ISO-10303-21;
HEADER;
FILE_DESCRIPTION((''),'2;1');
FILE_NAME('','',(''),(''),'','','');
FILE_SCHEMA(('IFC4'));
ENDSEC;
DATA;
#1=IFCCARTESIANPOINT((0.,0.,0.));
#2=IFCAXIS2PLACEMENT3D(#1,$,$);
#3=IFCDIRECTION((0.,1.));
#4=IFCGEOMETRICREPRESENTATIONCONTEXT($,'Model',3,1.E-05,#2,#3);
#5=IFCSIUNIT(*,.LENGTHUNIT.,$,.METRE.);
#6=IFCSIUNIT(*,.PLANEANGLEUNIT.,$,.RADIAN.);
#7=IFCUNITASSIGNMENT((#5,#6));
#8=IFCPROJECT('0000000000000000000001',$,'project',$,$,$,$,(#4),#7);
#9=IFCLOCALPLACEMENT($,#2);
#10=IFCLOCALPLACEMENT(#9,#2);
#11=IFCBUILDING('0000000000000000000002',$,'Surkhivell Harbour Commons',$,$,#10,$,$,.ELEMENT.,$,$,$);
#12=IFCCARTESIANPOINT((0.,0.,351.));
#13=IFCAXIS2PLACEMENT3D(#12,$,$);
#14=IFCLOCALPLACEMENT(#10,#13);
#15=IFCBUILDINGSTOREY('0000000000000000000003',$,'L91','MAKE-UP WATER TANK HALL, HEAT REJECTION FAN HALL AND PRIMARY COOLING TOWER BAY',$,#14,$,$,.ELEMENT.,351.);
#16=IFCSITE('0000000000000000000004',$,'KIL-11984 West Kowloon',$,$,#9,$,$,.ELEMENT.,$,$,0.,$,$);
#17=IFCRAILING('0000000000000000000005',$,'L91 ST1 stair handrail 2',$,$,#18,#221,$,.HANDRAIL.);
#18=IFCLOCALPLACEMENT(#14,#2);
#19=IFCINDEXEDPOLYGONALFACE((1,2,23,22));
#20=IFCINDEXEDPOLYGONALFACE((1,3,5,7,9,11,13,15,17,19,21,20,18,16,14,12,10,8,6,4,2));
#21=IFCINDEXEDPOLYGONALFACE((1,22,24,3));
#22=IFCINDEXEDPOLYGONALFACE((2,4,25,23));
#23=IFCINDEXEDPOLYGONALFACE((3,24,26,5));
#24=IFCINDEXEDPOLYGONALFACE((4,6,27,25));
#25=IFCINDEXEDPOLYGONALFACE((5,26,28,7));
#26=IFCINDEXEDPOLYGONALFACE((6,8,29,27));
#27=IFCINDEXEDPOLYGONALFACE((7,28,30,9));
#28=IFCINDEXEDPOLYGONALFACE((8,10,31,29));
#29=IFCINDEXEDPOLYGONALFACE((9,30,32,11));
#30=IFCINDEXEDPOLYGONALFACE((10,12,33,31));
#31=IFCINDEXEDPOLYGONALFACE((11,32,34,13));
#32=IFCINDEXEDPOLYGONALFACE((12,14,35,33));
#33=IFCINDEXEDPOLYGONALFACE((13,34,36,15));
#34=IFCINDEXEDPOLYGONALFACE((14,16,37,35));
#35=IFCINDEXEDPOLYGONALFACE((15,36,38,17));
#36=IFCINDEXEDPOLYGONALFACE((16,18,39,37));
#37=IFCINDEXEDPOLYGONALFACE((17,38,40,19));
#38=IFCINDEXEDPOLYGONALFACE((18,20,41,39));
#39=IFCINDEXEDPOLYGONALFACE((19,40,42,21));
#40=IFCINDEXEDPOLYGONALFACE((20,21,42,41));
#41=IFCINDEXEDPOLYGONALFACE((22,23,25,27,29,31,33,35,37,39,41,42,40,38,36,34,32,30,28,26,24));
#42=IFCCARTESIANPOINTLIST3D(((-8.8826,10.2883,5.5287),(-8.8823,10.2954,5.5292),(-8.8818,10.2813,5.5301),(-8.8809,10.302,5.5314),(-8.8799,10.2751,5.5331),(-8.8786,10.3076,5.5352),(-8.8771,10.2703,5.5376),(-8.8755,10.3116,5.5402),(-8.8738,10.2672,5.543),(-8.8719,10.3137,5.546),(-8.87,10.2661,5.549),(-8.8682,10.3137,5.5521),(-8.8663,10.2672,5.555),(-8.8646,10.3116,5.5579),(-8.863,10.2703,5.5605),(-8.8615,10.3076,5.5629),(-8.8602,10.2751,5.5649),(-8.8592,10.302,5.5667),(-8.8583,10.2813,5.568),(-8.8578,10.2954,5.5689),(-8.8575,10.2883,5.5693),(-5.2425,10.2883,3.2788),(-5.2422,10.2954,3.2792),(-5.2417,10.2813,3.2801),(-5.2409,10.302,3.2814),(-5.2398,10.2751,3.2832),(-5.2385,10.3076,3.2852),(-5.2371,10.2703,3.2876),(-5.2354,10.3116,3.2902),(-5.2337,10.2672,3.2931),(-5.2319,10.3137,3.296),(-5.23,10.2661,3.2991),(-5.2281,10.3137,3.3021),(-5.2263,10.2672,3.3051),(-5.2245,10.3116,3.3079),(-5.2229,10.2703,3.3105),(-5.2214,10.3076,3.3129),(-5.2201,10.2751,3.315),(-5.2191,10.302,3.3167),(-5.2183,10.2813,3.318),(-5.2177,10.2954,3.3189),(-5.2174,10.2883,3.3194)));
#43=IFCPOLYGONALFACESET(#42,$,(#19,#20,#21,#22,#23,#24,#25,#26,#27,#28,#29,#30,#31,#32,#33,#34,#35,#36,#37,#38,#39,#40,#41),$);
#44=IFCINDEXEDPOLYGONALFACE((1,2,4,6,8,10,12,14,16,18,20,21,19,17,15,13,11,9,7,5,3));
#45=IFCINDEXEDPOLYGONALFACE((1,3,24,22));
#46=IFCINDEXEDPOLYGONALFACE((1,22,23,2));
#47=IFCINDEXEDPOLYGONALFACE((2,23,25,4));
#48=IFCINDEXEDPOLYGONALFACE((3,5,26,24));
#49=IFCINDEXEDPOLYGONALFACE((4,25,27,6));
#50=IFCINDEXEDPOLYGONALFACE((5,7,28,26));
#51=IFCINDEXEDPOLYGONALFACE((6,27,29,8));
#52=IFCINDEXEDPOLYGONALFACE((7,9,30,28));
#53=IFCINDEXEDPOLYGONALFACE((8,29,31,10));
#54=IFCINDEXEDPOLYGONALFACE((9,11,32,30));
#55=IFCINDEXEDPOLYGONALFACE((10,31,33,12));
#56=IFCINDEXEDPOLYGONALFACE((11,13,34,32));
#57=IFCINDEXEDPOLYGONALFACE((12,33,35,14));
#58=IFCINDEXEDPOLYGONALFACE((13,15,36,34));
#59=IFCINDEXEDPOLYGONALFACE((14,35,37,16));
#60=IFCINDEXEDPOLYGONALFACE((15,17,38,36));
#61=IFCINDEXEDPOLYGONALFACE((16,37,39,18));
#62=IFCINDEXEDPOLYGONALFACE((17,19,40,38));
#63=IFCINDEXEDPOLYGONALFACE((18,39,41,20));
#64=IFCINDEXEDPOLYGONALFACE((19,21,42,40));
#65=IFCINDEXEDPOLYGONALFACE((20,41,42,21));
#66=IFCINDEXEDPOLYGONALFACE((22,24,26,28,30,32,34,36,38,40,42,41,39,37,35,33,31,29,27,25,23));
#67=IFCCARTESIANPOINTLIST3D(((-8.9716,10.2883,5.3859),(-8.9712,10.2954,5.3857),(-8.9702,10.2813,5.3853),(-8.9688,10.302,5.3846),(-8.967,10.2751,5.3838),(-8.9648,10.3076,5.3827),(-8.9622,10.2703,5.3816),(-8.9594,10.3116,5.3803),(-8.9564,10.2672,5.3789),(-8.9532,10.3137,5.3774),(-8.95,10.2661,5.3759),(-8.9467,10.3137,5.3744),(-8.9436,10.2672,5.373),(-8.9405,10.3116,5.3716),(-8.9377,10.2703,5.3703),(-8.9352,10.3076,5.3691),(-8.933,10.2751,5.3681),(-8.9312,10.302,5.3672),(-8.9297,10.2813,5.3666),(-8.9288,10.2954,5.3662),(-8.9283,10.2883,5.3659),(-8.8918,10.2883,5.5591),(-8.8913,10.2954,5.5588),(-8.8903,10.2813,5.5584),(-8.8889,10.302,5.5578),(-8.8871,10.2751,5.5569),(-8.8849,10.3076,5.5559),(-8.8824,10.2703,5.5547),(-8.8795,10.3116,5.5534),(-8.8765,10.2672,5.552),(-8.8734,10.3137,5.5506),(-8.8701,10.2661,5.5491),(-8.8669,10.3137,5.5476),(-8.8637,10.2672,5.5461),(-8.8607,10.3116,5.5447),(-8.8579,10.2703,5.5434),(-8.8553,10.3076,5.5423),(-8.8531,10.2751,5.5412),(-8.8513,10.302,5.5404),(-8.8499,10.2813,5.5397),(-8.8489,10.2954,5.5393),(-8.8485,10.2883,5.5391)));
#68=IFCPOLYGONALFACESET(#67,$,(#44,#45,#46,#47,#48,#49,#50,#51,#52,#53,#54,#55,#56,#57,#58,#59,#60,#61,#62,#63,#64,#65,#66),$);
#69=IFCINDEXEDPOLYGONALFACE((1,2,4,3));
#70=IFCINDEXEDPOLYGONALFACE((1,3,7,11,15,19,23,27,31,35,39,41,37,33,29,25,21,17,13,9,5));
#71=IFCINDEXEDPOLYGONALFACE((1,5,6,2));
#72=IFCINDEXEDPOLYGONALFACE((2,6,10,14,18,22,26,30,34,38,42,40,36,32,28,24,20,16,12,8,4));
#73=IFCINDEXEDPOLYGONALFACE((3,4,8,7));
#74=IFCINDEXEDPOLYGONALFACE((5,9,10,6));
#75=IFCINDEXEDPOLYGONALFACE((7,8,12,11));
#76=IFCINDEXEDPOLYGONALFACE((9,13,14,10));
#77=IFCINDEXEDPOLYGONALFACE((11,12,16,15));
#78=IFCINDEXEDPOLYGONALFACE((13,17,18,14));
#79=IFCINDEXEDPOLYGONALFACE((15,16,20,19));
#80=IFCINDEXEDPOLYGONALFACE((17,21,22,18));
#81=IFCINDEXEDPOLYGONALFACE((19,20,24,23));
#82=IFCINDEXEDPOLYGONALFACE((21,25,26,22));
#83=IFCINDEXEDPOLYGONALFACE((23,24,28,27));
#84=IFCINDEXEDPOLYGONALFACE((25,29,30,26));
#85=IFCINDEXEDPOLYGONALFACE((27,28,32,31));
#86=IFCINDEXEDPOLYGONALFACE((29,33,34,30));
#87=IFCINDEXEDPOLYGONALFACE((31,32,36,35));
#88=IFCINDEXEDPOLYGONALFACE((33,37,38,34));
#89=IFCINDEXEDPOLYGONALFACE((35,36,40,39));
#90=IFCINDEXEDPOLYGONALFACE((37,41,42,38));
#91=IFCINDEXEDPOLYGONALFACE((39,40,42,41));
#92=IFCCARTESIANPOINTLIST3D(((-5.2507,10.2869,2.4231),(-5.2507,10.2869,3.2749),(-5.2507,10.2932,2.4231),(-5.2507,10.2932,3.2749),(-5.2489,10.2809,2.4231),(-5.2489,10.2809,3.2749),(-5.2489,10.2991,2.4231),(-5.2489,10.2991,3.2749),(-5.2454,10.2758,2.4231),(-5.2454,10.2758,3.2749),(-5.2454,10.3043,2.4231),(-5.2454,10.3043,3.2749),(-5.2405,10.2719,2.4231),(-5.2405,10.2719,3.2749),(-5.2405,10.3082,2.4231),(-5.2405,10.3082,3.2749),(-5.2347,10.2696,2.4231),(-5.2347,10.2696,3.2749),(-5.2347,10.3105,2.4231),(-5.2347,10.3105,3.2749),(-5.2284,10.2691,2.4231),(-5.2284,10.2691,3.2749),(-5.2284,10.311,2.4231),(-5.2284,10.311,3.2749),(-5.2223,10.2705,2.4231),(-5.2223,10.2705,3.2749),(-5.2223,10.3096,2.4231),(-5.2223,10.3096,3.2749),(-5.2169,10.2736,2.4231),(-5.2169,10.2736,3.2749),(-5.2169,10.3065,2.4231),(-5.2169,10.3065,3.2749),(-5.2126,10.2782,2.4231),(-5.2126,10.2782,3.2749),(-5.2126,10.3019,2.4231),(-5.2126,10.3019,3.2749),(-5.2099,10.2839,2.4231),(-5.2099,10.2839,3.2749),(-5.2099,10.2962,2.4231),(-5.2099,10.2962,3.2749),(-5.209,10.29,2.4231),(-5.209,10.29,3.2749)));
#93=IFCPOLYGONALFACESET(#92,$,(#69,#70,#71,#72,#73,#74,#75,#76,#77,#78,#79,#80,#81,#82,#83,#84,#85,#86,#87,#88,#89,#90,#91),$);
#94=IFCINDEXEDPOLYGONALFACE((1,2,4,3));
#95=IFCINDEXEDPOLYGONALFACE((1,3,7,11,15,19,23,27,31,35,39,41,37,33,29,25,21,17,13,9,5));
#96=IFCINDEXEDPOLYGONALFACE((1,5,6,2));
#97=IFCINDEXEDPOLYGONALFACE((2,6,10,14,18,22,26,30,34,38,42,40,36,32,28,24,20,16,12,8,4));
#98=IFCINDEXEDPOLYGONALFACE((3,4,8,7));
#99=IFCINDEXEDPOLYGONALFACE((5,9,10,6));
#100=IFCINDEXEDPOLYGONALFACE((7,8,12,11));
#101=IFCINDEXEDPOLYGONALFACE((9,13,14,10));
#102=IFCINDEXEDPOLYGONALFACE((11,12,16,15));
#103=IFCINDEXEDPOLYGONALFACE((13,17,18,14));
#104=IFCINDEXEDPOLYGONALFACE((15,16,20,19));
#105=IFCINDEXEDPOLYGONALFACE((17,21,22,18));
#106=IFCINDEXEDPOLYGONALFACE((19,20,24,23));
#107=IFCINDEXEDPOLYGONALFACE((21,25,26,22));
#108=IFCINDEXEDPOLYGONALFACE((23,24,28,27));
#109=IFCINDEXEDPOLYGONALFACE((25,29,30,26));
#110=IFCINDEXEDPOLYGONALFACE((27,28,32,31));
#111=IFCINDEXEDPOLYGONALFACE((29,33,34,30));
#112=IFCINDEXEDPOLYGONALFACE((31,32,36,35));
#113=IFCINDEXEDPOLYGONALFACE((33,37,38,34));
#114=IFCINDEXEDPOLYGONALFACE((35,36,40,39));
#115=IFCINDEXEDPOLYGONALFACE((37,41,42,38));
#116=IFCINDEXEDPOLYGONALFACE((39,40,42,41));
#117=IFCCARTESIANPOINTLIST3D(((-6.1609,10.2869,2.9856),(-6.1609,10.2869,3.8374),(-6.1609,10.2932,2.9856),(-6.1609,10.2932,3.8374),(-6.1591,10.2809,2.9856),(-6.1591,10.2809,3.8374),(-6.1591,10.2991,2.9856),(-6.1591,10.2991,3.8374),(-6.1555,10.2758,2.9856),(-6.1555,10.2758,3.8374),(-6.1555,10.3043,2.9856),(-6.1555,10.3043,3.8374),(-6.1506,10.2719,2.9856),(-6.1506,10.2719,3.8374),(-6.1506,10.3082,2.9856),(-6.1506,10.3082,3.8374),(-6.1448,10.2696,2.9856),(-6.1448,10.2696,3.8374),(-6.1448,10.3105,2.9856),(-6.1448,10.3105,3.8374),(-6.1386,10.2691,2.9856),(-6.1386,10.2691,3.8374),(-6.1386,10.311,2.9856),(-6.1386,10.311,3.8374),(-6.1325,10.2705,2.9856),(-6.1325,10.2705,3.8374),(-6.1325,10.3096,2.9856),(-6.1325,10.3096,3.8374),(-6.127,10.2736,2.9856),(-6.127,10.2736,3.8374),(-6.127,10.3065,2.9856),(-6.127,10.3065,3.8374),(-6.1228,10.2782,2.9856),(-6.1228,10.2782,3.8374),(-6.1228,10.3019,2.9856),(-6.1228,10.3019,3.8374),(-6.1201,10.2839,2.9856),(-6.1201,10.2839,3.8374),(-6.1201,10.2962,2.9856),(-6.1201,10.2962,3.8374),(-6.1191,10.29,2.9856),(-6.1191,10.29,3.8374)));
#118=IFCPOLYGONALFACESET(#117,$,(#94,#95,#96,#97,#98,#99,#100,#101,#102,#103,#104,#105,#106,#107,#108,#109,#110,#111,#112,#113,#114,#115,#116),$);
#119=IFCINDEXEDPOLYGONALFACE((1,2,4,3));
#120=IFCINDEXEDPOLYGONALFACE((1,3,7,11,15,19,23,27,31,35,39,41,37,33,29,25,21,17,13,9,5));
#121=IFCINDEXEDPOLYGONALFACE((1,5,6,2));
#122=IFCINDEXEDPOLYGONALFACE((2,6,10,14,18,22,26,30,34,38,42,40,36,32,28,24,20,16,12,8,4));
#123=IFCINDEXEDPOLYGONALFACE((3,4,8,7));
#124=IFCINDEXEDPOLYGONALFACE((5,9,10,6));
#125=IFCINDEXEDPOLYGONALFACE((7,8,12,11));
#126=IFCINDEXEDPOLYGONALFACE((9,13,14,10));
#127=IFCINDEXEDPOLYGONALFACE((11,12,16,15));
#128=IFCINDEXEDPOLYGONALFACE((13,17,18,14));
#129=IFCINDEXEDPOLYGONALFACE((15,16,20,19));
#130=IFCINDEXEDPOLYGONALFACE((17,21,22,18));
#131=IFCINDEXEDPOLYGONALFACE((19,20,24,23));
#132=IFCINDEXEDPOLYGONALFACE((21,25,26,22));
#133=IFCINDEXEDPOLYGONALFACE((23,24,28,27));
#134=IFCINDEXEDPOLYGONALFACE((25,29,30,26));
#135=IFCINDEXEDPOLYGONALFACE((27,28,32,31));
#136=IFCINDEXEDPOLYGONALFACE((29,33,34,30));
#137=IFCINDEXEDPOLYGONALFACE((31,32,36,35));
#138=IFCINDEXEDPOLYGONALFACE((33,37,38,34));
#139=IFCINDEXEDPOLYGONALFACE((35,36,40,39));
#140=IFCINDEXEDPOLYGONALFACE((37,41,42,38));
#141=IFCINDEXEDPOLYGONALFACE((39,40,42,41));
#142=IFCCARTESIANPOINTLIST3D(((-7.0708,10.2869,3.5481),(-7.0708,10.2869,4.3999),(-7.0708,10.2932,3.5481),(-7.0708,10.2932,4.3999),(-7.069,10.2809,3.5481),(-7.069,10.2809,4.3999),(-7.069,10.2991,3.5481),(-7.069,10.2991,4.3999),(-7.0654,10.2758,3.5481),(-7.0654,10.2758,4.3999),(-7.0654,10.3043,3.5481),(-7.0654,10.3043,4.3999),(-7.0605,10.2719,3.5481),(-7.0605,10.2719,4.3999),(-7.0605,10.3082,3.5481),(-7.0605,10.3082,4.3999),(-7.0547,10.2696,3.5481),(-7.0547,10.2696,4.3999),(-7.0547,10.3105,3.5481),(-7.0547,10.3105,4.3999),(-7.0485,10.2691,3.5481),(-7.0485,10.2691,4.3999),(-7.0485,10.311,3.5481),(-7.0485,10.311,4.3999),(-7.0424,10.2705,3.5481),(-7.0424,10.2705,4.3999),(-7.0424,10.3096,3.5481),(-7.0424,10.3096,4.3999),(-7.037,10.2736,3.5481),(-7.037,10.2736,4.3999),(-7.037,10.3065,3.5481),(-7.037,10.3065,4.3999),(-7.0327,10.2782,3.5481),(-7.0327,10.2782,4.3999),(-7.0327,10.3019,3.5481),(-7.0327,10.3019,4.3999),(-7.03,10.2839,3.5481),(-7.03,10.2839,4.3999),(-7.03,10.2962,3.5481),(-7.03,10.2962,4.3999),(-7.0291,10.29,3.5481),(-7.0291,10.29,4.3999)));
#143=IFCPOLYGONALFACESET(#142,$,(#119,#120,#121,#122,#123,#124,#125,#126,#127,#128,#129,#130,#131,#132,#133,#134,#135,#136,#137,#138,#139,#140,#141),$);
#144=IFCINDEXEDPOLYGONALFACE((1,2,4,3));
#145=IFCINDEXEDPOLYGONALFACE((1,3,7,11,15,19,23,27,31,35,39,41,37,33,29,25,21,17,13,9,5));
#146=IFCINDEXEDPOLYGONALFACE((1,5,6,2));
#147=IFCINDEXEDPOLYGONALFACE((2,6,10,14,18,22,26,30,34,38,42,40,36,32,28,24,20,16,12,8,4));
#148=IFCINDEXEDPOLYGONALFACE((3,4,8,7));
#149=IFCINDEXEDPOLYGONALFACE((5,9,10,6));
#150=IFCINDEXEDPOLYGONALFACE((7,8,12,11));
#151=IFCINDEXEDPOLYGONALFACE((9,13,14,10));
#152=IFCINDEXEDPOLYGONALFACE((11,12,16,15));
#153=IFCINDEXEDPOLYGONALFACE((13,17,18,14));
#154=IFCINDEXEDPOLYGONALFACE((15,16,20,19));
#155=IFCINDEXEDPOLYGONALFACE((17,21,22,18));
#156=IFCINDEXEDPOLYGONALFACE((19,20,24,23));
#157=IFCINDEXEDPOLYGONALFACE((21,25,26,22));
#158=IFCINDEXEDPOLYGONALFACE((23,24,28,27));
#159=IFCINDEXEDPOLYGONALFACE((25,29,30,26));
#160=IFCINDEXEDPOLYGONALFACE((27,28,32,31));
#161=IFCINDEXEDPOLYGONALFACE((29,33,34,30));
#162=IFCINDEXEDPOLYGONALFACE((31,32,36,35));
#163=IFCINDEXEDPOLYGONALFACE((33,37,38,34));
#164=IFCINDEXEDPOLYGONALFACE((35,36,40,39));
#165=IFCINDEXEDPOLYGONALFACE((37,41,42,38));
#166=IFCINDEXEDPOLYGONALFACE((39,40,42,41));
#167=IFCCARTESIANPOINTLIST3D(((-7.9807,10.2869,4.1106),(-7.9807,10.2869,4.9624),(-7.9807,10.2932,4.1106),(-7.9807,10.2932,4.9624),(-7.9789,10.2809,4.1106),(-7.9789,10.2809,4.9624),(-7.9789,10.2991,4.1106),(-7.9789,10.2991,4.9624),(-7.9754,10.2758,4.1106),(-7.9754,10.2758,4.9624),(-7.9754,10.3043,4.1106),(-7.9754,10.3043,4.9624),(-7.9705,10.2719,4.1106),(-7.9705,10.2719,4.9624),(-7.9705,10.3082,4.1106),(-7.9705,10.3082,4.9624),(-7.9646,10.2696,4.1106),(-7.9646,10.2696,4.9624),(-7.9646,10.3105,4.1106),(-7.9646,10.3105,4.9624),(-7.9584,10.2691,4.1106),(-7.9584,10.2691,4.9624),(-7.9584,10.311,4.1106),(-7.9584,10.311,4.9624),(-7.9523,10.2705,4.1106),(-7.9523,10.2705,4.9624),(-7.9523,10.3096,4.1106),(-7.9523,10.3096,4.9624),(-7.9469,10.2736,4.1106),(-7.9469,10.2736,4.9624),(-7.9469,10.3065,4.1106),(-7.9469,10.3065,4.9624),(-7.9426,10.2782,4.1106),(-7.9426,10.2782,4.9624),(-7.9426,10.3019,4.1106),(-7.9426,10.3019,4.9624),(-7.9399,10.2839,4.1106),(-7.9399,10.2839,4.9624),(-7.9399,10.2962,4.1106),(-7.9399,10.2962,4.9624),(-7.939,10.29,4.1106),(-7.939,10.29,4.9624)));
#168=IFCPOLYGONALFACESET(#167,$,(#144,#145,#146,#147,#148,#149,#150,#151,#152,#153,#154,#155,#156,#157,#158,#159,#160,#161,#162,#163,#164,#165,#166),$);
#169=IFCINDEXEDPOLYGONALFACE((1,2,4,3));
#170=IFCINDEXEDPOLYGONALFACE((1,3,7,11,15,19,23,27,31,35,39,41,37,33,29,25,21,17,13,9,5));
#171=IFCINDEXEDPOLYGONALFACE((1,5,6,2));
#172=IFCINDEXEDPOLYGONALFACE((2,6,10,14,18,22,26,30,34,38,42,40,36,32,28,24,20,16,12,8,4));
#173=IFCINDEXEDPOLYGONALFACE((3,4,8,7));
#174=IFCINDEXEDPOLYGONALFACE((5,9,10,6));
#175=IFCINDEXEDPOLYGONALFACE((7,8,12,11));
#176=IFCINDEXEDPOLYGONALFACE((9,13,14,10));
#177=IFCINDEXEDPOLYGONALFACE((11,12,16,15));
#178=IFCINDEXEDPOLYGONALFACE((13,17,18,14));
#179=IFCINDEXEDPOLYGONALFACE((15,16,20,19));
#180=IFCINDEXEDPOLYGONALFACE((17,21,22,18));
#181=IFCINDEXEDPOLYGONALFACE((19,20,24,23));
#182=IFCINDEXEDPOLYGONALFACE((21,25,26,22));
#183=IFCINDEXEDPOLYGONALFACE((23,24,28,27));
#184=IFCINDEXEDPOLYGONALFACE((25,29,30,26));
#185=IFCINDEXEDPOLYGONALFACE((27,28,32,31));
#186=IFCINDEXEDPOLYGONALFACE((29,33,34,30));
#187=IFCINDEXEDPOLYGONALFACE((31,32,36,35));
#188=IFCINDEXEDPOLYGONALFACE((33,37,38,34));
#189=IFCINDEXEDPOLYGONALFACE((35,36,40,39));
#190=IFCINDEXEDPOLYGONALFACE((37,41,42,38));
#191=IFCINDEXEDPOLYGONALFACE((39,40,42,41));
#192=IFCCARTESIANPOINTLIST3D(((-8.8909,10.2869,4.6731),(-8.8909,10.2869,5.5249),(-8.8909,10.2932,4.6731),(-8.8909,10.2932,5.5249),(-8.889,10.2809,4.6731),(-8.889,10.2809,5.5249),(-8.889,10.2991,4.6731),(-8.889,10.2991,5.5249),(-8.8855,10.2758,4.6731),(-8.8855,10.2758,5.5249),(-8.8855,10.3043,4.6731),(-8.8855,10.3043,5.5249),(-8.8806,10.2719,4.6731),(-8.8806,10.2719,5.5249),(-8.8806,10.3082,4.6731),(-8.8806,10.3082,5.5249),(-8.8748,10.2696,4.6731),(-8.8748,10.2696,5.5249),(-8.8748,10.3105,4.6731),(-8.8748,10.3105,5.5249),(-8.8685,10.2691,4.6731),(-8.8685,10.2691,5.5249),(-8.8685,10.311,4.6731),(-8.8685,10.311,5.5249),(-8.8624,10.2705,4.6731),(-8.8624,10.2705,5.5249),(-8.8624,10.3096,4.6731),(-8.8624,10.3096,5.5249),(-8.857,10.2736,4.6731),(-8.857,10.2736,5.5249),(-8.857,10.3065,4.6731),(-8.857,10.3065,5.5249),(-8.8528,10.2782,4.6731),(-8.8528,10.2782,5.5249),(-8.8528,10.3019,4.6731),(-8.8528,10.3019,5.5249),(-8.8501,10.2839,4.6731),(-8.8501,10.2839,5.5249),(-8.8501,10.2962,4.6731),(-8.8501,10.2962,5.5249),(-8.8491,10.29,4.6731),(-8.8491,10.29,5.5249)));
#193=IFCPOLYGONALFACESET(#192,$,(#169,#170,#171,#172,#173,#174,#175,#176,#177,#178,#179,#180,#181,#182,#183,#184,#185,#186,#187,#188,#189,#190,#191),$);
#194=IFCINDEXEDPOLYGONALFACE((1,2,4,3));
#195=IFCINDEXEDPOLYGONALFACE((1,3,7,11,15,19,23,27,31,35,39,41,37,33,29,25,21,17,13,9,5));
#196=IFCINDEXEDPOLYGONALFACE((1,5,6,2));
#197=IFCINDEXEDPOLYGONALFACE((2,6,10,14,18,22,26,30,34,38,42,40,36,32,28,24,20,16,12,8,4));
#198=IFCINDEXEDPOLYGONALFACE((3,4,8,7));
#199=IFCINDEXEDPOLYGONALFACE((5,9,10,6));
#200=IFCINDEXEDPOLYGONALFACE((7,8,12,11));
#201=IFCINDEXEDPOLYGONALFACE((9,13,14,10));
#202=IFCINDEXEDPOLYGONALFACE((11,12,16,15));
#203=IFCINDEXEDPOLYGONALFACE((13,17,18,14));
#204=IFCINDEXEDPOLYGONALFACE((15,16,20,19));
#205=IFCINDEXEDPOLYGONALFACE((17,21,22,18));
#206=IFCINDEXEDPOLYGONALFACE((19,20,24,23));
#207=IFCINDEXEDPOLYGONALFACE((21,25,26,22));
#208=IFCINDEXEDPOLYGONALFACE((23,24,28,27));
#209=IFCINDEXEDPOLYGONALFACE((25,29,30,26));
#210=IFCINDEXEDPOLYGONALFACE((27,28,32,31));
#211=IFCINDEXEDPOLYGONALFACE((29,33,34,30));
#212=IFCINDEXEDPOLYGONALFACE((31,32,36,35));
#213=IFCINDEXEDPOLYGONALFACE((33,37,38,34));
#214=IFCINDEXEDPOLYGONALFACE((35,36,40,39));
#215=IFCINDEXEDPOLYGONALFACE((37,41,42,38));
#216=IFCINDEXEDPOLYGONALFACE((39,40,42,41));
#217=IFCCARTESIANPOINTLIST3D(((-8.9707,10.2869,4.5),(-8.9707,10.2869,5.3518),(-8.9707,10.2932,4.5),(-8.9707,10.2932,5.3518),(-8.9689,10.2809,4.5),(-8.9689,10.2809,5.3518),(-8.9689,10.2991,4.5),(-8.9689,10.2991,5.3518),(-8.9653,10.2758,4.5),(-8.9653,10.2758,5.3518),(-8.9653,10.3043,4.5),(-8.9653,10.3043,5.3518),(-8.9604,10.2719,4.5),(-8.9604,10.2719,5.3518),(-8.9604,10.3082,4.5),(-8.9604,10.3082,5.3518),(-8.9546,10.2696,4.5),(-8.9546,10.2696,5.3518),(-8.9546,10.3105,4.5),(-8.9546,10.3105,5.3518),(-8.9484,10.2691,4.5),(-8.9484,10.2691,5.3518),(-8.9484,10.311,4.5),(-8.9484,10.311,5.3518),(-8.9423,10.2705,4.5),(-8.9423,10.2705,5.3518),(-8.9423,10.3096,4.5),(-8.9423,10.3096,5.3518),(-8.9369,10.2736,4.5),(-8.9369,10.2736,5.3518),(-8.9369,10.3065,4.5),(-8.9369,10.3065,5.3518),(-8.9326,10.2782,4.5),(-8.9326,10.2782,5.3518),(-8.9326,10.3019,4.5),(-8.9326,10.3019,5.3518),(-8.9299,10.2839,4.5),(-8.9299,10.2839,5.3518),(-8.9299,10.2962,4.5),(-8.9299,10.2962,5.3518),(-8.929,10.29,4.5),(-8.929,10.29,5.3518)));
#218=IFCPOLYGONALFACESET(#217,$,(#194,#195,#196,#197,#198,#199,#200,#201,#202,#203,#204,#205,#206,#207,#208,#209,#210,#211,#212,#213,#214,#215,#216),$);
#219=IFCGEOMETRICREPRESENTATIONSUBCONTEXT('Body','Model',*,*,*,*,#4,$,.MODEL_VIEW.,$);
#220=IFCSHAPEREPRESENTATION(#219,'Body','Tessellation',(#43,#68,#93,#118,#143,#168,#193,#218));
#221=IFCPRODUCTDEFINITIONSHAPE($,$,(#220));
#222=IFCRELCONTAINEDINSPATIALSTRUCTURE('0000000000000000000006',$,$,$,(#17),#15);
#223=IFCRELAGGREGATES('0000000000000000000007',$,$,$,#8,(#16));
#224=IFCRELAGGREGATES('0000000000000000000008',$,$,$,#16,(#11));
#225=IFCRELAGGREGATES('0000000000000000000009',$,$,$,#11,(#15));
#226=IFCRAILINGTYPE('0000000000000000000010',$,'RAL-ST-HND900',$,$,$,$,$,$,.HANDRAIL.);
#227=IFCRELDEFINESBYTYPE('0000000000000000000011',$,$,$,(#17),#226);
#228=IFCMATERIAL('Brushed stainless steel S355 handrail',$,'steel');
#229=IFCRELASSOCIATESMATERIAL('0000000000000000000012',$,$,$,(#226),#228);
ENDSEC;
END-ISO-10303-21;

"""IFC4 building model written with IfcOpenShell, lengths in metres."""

from ifc_helpers import new_model, si_unit, direction, frame, origin, origin_2d, place, context, subcontext, project, spatial, circle, extrude, material, type_object, element, save


model = new_model("IFC4")

# Units and contexts
model_context = context("Model", 3, precision=1e-05, world=origin(), true_north=direction((0.0, 1.0)))
body_context = subcontext(model_context, "Body", "Model", "MODEL_VIEW")
ifc_project = project(units=[si_unit("LENGTHUNIT", "METRE"), si_unit("PLANEANGLEUNIT", "RADIAN")], contexts=[model_context])

# Site, building, storey
site_placement = place(None, origin())
site = spatial("IfcSite", under=ifc_project, at=site_placement, Name="KIL-11984 West Kowloon", CompositionType="ELEMENT", RefElevation=0.0)
building_placement = place(site_placement, origin())
building = spatial("IfcBuilding", under=site, at=building_placement, Name="Surkhivell Harbour Commons", CompositionType="ELEMENT")
storey_placement = place(building_placement, frame((0.0, 0.0, 351.0)))
storey = spatial("IfcBuildingStorey", under=building, at=storey_placement, Name="L91", Description="MAKE-UP WATER TANK HALL, HEAT REJECTION FAN HALL AND PRIMARY COOLING TOWER BAY", CompositionType="ELEMENT", Elevation=351.0)

# Railing
ifc_material_1 = material(Name="Brushed stainless steel S355 handrail", Category="steel")
railing_type_1 = type_object("IfcRailingType", Name="RAL-ST-HND900", PredefinedType="HANDRAIL", material=ifc_material_1)
railing_1_placement = place(storey_placement, frame((-5.23, 10.29, 2.4231)))
element("IfcRailing", 1, at=railing_1_placement, inside=storey, type_object=railing_type_1, Name="L91 ST1 stair handrail 2", PredefinedType="HANDRAIL", context=body_context, shape_type="SweptSolid", body=[
    extrude(circle(Radius=0.0239, at=origin_2d()), frame((0.0, 0.0, 0.876), z_axis=(-0.850622, 0.0, 0.525777), x_axis=(0.0, -1.0, 0.0)), (0.0, 0.0, 1.0), 4.2793),
    extrude(circle(Radius=0.0239, at=origin_2d()), frame((-3.6401, 0.0, 3.126), z_axis=(-0.418815, 0.0, -0.908072), x_axis=(0.0, -1.0, 0.0)), (0.0, 0.0, 1.0), 0.1907),
    extrude(circle(Radius=0.021, at=origin_2d()), origin(), (0.0, 0.0, 1.0), 0.8518),
    extrude(circle(Radius=0.021, at=origin_2d()), frame((-0.9102, 0.0, 0.5625)), (0.0, 0.0, 1.0), 0.8518),
    extrude(circle(Radius=0.021, at=origin_2d()), frame((-1.8201, 0.0, 1.125)), (0.0, 0.0, 1.0), 0.8518),
    extrude(circle(Radius=0.021, at=origin_2d()), frame((-2.73, 0.0, 1.6875)), (0.0, 0.0, 1.0), 0.8518),
    extrude(circle(Radius=0.021, at=origin_2d()), frame((-3.6401, 0.0, 2.25)), (0.0, 0.0, 1.0), 0.8518),
    extrude(circle(Radius=0.021, at=origin_2d()), frame((-3.72, 0.0, 2.0769)), (0.0, 0.0, 1.0), 0.8518),
])

save(model, "model.ifc")
